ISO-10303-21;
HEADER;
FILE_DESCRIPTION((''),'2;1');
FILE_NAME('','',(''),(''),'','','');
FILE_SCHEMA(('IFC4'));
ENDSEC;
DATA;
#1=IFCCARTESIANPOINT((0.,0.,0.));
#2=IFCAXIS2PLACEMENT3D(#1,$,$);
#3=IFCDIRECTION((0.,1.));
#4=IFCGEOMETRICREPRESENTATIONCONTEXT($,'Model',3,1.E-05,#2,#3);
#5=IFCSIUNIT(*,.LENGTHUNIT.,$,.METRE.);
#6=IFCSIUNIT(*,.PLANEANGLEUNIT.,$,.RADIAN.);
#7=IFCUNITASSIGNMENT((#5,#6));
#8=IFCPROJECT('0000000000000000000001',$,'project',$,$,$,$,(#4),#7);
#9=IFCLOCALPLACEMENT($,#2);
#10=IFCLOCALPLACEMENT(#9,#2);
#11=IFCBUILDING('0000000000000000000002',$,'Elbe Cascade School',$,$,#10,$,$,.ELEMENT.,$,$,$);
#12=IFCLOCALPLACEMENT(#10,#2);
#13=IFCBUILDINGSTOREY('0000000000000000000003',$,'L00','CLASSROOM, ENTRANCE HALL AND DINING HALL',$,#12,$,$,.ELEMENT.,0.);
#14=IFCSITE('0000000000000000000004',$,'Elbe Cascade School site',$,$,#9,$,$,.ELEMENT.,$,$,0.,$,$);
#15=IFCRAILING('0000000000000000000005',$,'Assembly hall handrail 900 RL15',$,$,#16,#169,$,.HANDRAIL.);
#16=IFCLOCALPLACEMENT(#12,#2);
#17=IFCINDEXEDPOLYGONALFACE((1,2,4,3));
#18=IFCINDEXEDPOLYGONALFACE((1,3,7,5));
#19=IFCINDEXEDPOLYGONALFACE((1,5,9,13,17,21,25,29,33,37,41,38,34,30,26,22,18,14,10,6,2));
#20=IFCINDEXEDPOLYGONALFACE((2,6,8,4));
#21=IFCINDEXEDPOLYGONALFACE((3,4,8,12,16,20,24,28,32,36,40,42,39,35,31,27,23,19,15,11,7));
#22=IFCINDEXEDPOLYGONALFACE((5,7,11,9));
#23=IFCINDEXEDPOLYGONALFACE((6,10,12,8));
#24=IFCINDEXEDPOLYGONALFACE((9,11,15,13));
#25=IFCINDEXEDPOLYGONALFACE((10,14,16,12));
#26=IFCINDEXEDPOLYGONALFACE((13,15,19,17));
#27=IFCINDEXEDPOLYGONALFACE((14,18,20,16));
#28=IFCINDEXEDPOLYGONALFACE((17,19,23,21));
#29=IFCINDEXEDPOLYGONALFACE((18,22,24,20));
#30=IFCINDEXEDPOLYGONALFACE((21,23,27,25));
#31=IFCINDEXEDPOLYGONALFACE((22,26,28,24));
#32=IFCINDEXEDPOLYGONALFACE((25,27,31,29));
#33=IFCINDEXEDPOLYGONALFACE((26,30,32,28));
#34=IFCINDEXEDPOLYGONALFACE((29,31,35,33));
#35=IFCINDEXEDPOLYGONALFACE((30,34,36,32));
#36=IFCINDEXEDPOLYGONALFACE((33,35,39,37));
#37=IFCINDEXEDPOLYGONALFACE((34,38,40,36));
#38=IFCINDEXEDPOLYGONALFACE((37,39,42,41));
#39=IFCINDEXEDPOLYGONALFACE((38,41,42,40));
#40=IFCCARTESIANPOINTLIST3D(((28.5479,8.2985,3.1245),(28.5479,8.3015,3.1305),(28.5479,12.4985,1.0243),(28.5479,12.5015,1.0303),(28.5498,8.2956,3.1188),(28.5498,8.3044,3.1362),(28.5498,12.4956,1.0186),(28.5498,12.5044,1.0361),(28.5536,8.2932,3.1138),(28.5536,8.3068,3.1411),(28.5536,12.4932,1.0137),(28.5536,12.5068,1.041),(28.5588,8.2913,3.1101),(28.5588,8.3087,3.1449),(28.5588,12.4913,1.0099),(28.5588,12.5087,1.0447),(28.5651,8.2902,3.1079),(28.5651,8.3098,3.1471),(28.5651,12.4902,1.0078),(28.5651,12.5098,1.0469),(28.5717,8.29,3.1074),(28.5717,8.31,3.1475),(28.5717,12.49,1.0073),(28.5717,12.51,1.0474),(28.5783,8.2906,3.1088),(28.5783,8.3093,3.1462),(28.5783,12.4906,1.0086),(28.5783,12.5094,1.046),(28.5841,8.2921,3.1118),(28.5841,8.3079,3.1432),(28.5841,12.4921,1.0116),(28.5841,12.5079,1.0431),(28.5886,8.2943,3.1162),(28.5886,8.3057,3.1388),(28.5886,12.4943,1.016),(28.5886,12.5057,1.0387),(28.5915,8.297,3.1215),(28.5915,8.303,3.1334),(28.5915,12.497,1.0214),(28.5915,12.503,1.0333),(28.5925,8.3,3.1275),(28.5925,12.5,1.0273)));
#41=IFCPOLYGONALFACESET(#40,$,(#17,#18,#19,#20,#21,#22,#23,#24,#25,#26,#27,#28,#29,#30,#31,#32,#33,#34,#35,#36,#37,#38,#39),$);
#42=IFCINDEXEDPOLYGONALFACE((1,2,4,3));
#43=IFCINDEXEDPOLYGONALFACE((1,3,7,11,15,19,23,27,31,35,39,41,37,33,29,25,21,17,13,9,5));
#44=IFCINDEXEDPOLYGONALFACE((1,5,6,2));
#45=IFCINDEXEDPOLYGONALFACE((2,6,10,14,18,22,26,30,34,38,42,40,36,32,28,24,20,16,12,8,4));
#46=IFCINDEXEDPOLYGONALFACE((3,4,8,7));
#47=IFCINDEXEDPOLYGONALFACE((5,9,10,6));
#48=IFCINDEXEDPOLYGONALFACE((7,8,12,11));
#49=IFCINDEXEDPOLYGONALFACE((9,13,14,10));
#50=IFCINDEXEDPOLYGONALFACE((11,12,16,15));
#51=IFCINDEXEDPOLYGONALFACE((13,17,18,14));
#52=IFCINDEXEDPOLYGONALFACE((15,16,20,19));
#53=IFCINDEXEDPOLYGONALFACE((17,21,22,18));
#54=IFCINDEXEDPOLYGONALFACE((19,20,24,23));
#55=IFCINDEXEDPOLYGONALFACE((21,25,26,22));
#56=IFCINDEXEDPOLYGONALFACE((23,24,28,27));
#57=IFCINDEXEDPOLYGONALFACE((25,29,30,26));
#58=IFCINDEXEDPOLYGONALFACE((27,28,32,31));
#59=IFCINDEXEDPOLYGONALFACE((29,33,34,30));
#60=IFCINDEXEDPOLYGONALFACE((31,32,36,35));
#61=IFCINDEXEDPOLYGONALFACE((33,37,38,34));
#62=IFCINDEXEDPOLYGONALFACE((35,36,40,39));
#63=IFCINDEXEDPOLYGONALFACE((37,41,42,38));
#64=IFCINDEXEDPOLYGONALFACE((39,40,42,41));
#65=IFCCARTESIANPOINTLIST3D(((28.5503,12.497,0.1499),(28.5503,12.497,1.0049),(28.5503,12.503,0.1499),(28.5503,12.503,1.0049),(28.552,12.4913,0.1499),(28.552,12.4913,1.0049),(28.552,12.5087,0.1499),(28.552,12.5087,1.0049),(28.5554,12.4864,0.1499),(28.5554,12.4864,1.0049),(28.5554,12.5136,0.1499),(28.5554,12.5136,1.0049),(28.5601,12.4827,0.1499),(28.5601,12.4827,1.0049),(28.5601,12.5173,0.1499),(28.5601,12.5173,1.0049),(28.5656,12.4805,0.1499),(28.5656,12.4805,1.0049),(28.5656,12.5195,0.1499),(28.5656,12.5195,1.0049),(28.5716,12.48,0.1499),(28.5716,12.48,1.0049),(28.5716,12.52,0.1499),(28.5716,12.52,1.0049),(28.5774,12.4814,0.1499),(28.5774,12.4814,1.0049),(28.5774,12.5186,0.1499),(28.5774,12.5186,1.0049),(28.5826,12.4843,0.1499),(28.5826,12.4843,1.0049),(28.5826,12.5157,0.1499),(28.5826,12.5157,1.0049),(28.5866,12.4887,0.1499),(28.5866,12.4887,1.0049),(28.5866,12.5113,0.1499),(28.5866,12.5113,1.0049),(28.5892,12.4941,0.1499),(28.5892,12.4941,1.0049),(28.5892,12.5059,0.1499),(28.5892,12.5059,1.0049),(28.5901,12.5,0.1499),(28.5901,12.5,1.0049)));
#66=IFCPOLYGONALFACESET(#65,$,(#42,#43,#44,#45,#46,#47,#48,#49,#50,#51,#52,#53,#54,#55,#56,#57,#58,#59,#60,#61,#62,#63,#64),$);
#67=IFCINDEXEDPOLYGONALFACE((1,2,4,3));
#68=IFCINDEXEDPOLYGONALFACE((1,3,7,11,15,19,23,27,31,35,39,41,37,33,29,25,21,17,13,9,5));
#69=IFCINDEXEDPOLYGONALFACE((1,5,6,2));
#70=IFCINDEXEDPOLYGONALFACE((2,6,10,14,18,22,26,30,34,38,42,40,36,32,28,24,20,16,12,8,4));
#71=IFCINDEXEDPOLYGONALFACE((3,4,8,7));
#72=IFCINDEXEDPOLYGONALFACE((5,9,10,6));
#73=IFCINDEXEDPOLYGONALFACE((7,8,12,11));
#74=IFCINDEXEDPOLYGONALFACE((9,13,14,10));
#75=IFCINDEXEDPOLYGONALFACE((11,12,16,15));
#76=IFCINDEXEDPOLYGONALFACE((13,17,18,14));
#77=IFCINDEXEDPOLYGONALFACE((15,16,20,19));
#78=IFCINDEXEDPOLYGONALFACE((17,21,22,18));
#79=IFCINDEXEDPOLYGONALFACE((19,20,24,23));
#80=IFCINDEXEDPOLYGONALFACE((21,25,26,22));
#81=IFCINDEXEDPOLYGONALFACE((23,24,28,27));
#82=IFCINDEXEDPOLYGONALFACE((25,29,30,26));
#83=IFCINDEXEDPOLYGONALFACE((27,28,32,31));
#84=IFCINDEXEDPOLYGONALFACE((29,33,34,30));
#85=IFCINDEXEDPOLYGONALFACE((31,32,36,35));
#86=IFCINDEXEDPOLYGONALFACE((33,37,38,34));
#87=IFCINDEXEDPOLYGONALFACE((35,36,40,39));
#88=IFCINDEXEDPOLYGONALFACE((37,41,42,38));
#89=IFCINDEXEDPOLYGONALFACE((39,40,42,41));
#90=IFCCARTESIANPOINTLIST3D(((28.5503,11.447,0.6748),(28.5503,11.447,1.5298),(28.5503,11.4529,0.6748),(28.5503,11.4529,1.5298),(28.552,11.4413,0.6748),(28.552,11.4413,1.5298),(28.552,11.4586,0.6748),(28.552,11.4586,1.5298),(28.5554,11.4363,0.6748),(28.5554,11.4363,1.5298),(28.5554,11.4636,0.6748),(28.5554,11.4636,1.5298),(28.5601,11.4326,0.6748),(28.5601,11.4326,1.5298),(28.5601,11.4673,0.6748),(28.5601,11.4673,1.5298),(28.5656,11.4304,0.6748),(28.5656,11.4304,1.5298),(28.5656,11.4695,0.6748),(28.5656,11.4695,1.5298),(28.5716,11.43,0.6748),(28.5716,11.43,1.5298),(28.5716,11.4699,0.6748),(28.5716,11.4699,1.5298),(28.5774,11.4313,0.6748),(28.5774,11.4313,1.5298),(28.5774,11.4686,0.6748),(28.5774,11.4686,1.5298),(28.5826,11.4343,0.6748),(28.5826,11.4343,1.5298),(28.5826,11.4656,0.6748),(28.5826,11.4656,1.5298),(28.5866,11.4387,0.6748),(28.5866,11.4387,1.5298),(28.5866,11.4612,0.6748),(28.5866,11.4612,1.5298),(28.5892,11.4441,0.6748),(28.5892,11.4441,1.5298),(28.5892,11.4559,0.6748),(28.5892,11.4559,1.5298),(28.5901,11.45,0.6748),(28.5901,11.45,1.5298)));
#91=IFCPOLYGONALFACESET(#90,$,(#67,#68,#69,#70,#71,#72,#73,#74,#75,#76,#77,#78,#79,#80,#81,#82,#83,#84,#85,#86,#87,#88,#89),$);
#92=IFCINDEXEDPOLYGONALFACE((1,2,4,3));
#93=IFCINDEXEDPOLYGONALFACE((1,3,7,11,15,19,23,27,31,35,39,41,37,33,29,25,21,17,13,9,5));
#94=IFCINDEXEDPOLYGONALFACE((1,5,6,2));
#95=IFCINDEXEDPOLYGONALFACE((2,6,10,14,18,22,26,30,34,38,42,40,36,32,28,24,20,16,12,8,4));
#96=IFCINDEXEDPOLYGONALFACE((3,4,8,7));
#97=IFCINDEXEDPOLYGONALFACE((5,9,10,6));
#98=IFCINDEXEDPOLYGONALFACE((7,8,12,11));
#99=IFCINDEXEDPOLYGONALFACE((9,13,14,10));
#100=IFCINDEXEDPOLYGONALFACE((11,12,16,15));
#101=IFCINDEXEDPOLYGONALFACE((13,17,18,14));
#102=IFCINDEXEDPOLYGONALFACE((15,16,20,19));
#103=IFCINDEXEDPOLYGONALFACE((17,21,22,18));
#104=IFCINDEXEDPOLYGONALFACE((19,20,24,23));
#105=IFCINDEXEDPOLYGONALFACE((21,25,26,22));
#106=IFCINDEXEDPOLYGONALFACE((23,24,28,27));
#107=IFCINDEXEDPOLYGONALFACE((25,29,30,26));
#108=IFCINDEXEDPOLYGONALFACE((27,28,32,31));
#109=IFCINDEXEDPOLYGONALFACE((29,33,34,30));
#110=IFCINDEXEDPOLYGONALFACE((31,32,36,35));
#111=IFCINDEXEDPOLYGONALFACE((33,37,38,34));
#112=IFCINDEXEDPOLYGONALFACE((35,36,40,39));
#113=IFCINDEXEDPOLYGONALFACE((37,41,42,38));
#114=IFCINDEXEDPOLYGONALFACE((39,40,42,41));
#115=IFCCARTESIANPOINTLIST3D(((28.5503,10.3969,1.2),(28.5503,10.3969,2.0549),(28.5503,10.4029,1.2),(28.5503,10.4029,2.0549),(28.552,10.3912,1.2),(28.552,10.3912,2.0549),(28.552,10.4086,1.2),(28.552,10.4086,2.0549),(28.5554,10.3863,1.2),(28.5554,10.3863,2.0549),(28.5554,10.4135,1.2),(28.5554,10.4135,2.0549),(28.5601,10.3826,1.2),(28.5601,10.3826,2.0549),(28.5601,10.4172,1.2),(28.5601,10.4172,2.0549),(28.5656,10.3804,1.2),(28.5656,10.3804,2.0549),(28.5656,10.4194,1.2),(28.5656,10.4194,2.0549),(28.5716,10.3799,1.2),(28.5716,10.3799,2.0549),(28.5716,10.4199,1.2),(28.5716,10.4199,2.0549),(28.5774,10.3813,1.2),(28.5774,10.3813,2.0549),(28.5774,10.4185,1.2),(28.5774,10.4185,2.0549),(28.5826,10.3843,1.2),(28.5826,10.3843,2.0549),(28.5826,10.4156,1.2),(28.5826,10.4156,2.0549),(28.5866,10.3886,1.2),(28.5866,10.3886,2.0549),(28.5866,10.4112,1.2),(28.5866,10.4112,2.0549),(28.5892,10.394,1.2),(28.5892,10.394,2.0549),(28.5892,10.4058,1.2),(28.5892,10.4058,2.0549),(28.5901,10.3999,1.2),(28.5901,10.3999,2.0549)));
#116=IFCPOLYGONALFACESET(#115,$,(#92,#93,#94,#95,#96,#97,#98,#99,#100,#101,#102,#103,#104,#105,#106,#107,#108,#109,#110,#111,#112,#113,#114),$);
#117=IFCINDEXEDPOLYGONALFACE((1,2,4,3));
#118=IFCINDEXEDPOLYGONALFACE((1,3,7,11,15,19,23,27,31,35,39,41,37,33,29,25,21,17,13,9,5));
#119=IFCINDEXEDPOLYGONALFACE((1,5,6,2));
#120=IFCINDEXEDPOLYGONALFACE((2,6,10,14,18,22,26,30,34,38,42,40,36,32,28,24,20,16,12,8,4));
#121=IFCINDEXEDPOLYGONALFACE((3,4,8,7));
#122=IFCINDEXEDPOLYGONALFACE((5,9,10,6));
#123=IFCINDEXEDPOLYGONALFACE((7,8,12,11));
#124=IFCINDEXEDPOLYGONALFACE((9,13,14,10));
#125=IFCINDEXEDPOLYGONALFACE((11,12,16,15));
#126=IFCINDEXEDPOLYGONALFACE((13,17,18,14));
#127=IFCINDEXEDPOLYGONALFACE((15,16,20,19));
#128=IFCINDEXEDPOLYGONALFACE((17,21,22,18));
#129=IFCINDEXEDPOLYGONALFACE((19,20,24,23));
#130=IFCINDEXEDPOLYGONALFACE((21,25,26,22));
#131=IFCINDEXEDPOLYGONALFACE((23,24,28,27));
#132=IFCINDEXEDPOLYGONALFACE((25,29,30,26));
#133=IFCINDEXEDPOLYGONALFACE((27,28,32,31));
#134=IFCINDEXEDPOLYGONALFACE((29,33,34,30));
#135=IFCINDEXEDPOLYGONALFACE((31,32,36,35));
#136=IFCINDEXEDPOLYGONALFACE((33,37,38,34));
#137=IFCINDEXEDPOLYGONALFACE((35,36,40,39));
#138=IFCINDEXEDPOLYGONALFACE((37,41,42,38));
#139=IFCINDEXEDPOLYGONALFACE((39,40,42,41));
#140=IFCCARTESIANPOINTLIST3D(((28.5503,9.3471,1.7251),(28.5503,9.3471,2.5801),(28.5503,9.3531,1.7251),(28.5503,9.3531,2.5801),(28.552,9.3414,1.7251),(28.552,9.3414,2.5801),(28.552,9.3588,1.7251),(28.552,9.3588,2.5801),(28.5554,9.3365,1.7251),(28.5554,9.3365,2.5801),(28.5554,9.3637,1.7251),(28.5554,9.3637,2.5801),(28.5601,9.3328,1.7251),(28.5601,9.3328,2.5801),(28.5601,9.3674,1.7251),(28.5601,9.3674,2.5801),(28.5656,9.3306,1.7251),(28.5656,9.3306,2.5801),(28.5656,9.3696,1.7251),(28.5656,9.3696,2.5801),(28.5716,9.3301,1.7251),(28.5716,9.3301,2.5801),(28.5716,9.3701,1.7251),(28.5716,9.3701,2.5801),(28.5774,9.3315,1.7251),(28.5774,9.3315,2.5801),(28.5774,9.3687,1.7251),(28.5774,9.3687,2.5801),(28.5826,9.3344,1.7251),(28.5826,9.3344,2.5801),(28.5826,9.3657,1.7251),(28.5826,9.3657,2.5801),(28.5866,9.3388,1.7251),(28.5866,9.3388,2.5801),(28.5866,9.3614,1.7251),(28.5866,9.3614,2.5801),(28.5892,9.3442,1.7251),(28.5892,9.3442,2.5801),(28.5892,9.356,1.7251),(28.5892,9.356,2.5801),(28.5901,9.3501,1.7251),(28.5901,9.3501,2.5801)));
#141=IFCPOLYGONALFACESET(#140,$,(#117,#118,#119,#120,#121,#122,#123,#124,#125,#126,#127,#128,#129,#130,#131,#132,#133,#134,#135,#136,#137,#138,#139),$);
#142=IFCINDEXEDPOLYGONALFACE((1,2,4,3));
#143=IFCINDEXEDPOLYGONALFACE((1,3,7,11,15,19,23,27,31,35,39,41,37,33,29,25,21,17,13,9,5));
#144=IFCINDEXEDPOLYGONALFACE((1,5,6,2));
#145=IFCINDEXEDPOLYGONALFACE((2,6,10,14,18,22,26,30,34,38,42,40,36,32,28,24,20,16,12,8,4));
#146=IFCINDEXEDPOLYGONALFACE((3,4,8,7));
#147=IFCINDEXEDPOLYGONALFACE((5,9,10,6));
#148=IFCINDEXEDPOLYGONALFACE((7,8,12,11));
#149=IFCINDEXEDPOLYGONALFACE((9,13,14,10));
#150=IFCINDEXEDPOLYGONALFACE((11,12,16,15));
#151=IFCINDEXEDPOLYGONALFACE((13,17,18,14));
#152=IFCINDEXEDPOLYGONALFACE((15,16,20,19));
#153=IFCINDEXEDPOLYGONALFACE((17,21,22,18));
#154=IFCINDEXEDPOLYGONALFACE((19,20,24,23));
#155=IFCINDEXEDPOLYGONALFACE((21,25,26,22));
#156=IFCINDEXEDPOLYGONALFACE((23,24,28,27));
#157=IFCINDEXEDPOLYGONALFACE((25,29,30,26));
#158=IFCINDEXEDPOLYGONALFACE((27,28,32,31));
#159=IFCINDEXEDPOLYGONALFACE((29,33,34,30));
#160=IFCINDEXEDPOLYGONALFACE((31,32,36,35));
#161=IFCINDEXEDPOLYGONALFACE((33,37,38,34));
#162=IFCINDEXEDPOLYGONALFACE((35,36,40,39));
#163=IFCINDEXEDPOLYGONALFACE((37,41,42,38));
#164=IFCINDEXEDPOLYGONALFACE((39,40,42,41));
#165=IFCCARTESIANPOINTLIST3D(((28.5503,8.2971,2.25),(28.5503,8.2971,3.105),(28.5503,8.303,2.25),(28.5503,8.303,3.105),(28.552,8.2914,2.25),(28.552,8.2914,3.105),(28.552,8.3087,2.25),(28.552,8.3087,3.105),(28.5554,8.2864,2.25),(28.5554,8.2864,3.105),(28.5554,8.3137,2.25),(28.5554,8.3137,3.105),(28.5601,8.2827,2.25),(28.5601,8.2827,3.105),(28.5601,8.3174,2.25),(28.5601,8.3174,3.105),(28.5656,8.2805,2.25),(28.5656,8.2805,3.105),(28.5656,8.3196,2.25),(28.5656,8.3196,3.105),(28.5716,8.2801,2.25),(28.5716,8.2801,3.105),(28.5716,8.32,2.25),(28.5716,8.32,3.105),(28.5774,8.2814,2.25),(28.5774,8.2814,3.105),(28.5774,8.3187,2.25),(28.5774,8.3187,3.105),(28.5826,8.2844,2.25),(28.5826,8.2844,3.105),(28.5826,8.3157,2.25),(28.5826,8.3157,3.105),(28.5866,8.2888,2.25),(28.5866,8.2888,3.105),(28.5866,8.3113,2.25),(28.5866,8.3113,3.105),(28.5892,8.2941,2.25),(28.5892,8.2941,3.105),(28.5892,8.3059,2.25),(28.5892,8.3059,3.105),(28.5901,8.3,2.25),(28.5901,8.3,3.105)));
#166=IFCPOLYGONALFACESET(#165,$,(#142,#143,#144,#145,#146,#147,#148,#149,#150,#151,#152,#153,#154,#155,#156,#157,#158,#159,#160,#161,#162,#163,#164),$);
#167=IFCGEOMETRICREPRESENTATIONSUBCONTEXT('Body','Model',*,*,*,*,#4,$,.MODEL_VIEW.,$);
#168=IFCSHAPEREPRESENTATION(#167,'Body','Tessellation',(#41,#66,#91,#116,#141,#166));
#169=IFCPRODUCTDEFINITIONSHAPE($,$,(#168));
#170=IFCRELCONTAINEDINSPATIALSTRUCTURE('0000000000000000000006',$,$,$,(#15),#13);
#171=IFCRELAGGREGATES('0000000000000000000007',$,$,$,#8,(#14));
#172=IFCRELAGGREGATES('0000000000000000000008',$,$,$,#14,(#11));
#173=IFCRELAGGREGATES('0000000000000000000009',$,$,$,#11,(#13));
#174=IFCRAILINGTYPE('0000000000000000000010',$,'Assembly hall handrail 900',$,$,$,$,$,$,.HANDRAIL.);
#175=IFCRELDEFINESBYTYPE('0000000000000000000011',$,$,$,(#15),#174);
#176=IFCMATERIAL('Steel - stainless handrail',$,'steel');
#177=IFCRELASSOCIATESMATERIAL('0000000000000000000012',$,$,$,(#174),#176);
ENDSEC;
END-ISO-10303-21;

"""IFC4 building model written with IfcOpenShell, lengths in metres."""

from ifc_helpers import new_model, si_unit, direction, frame, origin, origin_2d, place, context, subcontext, project, spatial, circle, extrude, material, type_object, element, save


model = new_model("IFC4")

# Units and contexts
model_context = context("Model", 3, precision=1e-05, world=origin(), true_north=direction((0.0, 1.0)))
body_context = subcontext(model_context, "Body", "Model", "MODEL_VIEW")
ifc_project = project(units=[si_unit("LENGTHUNIT", "METRE"), si_unit("PLANEANGLEUNIT", "RADIAN")], contexts=[model_context])

# Site, building, storey
site_placement = place(None, origin())
site = spatial("IfcSite", under=ifc_project, at=site_placement, Name="Elbe Cascade School site", CompositionType="ELEMENT", RefElevation=0.0)
building_placement = place(site_placement, origin())
building = spatial("IfcBuilding", under=site, at=building_placement, Name="Elbe Cascade School", CompositionType="ELEMENT")
storey_placement = place(building_placement, origin())
storey = spatial("IfcBuildingStorey", under=building, at=storey_placement, Name="L00", Description="CLASSROOM, ENTRANCE HALL AND DINING HALL", CompositionType="ELEMENT", Elevation=0.0)

# Railing
ifc_material_1 = material(Name="Steel - stainless handrail", Category="steel")
railing_type = type_object("IfcRailingType", Name="Assembly hall handrail 900", PredefinedType="HANDRAIL", material=ifc_material_1)
for number, where, name in (
    (1, (28.5701, 12.5, 0.1499), "Assembly hall handrail 900 RL15"),
):
    element("IfcRailing", number, at=place(storey_placement, frame(where)), inside=storey, type_object=railing_type, Name=name, PredefinedType="HANDRAIL", context=body_context, shape_type="SweptSolid", body=[
        extrude(circle(Radius=0.0225, at=origin_2d()), frame((0.0, 0.0, 0.8774), z_axis=(0.0, -0.894417, 0.447234), x_axis=(1.0, 0.0, 0.0)), (0.0, 0.0, 1.0), 4.6958),
        extrude(circle(Radius=0.02, at=origin_2d()), origin(), (0.0, 0.0, 1.0), 0.855),
        extrude(circle(Radius=0.02, at=origin_2d()), frame((0.0, -1.05, 0.5249)), (0.0, 0.0, 1.0), 0.855),
        extrude(circle(Radius=0.02, at=origin_2d()), frame((0.0, -2.1001, 1.05)), (0.0, 0.0, 1.0), 0.855),
        extrude(circle(Radius=0.02, at=origin_2d()), frame((0.0, -3.1499, 1.5752)), (0.0, 0.0, 1.0), 0.855),
        extrude(circle(Radius=0.02, at=origin_2d()), frame((0.0, -4.2, 2.1001)), (0.0, 0.0, 1.0), 0.855),
    ])

save(model, "model.ifc")
